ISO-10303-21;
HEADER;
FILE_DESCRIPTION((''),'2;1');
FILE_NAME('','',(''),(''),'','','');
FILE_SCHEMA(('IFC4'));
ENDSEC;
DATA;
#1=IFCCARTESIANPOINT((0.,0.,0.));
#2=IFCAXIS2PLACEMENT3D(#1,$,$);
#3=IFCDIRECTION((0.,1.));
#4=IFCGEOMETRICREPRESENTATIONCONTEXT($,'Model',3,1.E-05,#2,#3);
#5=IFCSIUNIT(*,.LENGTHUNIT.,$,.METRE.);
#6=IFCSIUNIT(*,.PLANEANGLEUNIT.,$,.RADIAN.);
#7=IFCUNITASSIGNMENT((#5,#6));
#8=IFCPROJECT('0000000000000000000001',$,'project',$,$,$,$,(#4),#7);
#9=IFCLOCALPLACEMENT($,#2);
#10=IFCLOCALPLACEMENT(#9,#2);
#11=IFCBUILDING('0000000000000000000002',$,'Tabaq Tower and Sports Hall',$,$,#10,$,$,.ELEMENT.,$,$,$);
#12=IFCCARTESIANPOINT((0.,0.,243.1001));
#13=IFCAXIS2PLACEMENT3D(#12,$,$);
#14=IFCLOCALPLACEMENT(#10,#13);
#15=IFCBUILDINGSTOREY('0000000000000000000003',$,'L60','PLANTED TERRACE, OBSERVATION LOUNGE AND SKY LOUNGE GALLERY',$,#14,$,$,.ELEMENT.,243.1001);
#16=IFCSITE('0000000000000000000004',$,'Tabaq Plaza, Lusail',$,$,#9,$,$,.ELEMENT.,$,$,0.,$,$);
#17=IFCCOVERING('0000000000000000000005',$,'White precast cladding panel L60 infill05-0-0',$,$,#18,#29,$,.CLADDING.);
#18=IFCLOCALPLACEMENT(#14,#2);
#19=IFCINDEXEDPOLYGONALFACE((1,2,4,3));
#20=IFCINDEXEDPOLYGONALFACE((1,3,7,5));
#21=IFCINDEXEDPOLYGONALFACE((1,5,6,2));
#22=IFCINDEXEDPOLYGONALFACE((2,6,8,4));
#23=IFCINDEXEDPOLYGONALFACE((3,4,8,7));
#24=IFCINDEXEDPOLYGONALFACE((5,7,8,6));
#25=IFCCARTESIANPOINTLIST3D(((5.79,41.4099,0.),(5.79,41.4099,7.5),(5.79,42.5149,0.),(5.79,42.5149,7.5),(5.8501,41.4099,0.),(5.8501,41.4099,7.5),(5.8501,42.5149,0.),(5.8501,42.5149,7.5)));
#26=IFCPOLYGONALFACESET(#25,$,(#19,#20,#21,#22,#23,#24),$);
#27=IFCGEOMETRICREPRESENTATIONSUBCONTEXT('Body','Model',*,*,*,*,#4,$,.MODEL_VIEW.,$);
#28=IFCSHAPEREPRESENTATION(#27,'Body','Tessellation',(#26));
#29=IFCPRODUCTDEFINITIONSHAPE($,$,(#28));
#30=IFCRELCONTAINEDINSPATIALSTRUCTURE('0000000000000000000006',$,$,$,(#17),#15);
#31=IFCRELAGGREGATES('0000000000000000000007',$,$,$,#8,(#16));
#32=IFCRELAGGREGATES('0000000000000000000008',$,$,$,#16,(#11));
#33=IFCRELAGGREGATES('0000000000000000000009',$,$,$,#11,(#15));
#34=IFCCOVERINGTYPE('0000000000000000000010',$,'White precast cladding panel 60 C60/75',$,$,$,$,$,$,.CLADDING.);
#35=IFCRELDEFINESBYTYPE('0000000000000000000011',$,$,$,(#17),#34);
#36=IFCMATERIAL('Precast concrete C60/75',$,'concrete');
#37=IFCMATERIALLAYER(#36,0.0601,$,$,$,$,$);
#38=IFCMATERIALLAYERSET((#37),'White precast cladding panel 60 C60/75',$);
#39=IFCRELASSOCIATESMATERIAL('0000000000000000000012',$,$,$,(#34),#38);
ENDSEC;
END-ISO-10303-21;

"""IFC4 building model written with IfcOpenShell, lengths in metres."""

from ifc_helpers import new_model, si_unit, direction, frame, frame_2d, origin, place, context, subcontext, project, spatial, rectangle, extrude, material, layer, layer_set, type_object, element, save


model = new_model("IFC4")

# Units and contexts
model_context = context("Model", 3, precision=1e-05, world=origin(), true_north=direction((0.0, 1.0)))
body_context = subcontext(model_context, "Body", "Model", "MODEL_VIEW")
ifc_project = project(units=[si_unit("LENGTHUNIT", "METRE"), si_unit("PLANEANGLEUNIT", "RADIAN")], contexts=[model_context])

# Site, building, storey
site_placement = place(None, origin())
site = spatial("IfcSite", under=ifc_project, at=site_placement, Name="Tabaq Plaza, Lusail", CompositionType="ELEMENT", RefElevation=0.0)
building_placement = place(site_placement, origin())
building = spatial("IfcBuilding", under=site, at=building_placement, Name="Tabaq Tower and Sports Hall", CompositionType="ELEMENT")
storey_placement = place(building_placement, frame((0.0, 0.0, 243.1001)))
storey = spatial("IfcBuildingStorey", under=building, at=storey_placement, Name="L60", Description="PLANTED TERRACE, OBSERVATION LOUNGE AND SKY LOUNGE GALLERY", CompositionType="ELEMENT", Elevation=243.1001)

# Covering
ifc_material_1 = material(Name="Precast concrete C60/75", Category="concrete")
ifc_layer_1 = layer(ifc_material_1, 0.0601)
ifc_layer_set_1 = layer_set([ifc_layer_1], Name="White precast cladding panel 60 C60/75")
covering_type_1 = type_object("IfcCoveringType", Name="White precast cladding panel 60 C60/75", PredefinedType="CLADDING", material=ifc_layer_set_1)
covering_1_placement = place(storey_placement, frame((5.8201, 42.5149, 0.0), z_axis=(0.0, 0.0, 1.0), x_axis=(0.0, -1.0, 0.0)))
element("IfcCovering", 1, at=covering_1_placement, inside=storey, type_object=covering_type_1, Name="White precast cladding panel L60 infill05-0-0", PredefinedType="CLADDING", context=body_context, shape_type="SweptSolid", body=[
    extrude(rectangle(XDim=1.105, YDim=0.0601, at=frame_2d((0.5525, 0.0))), origin(), (0.0, 0.0, 1.0), 7.5),
])

save(model, "model.ifc")
